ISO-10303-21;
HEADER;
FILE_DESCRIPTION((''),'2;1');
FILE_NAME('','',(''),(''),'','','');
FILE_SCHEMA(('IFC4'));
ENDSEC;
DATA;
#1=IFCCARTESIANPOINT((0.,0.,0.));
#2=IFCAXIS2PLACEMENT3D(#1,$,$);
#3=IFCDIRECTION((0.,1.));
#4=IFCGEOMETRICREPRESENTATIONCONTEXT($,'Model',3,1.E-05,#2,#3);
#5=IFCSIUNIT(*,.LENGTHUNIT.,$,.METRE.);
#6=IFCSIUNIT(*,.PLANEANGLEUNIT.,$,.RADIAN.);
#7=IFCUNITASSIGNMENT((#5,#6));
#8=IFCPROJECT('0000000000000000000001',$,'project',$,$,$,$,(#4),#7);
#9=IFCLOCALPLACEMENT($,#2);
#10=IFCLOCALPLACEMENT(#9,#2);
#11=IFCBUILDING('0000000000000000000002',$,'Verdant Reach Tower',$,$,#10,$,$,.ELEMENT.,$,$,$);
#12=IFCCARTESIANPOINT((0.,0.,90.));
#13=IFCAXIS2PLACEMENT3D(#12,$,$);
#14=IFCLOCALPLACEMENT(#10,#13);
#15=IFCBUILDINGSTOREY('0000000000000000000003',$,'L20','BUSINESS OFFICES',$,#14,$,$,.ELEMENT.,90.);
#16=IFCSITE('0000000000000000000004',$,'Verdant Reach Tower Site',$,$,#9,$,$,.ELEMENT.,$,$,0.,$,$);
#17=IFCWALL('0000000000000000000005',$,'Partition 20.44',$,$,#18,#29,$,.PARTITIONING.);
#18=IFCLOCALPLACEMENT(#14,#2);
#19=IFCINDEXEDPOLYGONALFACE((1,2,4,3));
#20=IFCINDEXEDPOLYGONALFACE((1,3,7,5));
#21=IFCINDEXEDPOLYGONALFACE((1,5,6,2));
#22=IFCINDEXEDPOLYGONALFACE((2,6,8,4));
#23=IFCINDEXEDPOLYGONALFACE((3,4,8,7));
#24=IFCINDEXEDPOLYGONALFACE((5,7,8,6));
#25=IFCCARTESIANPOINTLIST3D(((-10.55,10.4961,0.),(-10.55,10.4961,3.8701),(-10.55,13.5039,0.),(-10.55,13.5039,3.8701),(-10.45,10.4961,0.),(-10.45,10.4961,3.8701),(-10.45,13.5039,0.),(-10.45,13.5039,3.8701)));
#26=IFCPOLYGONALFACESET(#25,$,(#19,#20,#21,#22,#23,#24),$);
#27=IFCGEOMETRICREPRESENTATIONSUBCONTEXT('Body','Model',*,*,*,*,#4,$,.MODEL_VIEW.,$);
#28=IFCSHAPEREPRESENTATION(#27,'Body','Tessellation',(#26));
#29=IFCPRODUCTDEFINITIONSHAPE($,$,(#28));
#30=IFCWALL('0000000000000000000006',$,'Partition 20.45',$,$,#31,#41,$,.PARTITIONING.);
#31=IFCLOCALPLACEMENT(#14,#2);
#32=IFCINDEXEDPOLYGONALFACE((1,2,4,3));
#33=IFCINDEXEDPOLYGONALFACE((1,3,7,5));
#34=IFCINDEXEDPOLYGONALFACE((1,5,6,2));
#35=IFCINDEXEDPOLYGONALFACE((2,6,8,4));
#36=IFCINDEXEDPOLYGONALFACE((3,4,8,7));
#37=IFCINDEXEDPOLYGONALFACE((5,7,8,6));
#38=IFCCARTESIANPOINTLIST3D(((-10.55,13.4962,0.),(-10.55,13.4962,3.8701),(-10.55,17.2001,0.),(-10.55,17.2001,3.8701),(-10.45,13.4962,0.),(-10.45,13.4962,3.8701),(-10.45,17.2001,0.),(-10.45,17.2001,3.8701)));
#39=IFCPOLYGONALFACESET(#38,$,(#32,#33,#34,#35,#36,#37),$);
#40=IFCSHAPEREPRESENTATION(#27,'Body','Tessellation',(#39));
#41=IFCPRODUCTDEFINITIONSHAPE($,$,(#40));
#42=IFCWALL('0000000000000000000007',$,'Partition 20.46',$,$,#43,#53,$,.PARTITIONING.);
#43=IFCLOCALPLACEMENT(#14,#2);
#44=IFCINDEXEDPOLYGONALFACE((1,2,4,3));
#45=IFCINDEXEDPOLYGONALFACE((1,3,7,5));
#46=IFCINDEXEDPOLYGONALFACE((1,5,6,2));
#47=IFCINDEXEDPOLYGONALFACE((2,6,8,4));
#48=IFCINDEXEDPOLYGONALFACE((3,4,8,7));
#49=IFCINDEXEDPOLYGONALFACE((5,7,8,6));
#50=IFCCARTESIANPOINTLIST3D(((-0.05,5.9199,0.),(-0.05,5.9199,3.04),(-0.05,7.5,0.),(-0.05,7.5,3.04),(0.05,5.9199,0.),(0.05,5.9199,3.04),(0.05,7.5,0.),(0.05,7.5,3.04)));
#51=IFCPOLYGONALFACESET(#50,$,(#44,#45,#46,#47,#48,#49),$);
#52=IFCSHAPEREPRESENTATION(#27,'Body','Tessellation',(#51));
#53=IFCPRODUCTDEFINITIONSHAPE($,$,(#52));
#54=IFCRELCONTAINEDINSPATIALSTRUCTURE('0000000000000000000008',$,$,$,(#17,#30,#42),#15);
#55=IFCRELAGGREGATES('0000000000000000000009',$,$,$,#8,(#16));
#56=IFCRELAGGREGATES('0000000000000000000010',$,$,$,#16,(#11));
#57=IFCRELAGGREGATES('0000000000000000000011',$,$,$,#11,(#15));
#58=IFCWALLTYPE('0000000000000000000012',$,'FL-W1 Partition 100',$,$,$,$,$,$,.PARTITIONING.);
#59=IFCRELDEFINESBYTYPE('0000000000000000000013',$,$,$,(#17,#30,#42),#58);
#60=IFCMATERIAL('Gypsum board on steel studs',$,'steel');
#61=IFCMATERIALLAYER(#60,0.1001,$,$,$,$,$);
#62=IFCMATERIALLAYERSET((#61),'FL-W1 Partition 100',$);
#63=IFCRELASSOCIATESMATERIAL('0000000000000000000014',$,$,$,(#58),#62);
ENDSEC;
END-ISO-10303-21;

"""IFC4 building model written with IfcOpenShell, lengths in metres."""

from ifc_helpers import new_model, si_unit, direction, frame, frame_2d, origin, place, context, subcontext, project, spatial, rectangle, extrude, material, layer, layer_set, type_object, element, save


model = new_model("IFC4")

# Units and contexts
model_context = context("Model", 3, precision=1e-05, world=origin(), true_north=direction((0.0, 1.0)))
body_context = subcontext(model_context, "Body", "Model", "MODEL_VIEW")
ifc_project = project(units=[si_unit("LENGTHUNIT", "METRE"), si_unit("PLANEANGLEUNIT", "RADIAN")], contexts=[model_context])

# Site, building, storey
site_placement = place(None, origin())
site = spatial("IfcSite", under=ifc_project, at=site_placement, Name="Verdant Reach Tower Site", CompositionType="ELEMENT", RefElevation=0.0)
building_placement = place(site_placement, origin())
building = spatial("IfcBuilding", under=site, at=building_placement, Name="Verdant Reach Tower", CompositionType="ELEMENT")
storey_placement = place(building_placement, frame((0.0, 0.0, 90.0)))
storey = spatial("IfcBuildingStorey", under=building, at=storey_placement, Name="L20", Description="BUSINESS OFFICES", CompositionType="ELEMENT", Elevation=90.0)

# Shared definitions
ifc_material_1 = material(Name="Gypsum board on steel studs", Category="steel")
ifc_layer_1 = layer(ifc_material_1, 0.1001)
ifc_layer_set_1 = layer_set([ifc_layer_1], Name="FL-W1 Partition 100")
wall_type = type_object("IfcWallType", Name="FL-W1 Partition 100", PredefinedType="PARTITIONING", material=ifc_layer_set_1)

# Walls
wall_1_placement = place(storey_placement, frame((-10.5, 10.4961, 0.0), z_axis=(0.0, 0.0, 1.0), x_axis=(0.0, 1.0, 0.0)))
element("IfcWall", 1, at=wall_1_placement, inside=storey, type_object=wall_type, Name="Partition 20.44", PredefinedType="PARTITIONING", context=body_context, shape_type="SweptSolid", body=[
    extrude(rectangle(XDim=3.0078, YDim=0.1001, at=frame_2d((1.5039, 0.0))), origin(), (0.0, 0.0, 1.0), 3.8701),
])
wall_2_placement = place(storey_placement, frame((-10.5, 13.4961, 0.0), z_axis=(0.0, 0.0, 1.0), x_axis=(0.0, 1.0, 0.0)))
element("IfcWall", 2, at=wall_2_placement, inside=storey, type_object=wall_type, Name="Partition 20.45", PredefinedType="PARTITIONING", context=body_context, shape_type="SweptSolid", body=[
    extrude(rectangle(XDim=3.7039, YDim=0.1001, at=frame_2d((1.8521, 0.0))), origin(), (0.0, 0.0, 1.0), 3.8701),
])
wall_3_placement = place(storey_placement, frame((0.0, 5.9199, 0.0), z_axis=(0.0, 0.0, 1.0), x_axis=(0.0, 1.0, 0.0)))
element("IfcWall", 3, at=wall_3_placement, inside=storey, type_object=wall_type, Name="Partition 20.46", PredefinedType="PARTITIONING", context=body_context, shape_type="SweptSolid", body=[
    extrude(rectangle(XDim=1.5801, YDim=0.1001, at=frame_2d((0.79, 0.0))), origin(), (0.0, 0.0, 1.0), 3.04),
])

save(model, "model.ifc")
